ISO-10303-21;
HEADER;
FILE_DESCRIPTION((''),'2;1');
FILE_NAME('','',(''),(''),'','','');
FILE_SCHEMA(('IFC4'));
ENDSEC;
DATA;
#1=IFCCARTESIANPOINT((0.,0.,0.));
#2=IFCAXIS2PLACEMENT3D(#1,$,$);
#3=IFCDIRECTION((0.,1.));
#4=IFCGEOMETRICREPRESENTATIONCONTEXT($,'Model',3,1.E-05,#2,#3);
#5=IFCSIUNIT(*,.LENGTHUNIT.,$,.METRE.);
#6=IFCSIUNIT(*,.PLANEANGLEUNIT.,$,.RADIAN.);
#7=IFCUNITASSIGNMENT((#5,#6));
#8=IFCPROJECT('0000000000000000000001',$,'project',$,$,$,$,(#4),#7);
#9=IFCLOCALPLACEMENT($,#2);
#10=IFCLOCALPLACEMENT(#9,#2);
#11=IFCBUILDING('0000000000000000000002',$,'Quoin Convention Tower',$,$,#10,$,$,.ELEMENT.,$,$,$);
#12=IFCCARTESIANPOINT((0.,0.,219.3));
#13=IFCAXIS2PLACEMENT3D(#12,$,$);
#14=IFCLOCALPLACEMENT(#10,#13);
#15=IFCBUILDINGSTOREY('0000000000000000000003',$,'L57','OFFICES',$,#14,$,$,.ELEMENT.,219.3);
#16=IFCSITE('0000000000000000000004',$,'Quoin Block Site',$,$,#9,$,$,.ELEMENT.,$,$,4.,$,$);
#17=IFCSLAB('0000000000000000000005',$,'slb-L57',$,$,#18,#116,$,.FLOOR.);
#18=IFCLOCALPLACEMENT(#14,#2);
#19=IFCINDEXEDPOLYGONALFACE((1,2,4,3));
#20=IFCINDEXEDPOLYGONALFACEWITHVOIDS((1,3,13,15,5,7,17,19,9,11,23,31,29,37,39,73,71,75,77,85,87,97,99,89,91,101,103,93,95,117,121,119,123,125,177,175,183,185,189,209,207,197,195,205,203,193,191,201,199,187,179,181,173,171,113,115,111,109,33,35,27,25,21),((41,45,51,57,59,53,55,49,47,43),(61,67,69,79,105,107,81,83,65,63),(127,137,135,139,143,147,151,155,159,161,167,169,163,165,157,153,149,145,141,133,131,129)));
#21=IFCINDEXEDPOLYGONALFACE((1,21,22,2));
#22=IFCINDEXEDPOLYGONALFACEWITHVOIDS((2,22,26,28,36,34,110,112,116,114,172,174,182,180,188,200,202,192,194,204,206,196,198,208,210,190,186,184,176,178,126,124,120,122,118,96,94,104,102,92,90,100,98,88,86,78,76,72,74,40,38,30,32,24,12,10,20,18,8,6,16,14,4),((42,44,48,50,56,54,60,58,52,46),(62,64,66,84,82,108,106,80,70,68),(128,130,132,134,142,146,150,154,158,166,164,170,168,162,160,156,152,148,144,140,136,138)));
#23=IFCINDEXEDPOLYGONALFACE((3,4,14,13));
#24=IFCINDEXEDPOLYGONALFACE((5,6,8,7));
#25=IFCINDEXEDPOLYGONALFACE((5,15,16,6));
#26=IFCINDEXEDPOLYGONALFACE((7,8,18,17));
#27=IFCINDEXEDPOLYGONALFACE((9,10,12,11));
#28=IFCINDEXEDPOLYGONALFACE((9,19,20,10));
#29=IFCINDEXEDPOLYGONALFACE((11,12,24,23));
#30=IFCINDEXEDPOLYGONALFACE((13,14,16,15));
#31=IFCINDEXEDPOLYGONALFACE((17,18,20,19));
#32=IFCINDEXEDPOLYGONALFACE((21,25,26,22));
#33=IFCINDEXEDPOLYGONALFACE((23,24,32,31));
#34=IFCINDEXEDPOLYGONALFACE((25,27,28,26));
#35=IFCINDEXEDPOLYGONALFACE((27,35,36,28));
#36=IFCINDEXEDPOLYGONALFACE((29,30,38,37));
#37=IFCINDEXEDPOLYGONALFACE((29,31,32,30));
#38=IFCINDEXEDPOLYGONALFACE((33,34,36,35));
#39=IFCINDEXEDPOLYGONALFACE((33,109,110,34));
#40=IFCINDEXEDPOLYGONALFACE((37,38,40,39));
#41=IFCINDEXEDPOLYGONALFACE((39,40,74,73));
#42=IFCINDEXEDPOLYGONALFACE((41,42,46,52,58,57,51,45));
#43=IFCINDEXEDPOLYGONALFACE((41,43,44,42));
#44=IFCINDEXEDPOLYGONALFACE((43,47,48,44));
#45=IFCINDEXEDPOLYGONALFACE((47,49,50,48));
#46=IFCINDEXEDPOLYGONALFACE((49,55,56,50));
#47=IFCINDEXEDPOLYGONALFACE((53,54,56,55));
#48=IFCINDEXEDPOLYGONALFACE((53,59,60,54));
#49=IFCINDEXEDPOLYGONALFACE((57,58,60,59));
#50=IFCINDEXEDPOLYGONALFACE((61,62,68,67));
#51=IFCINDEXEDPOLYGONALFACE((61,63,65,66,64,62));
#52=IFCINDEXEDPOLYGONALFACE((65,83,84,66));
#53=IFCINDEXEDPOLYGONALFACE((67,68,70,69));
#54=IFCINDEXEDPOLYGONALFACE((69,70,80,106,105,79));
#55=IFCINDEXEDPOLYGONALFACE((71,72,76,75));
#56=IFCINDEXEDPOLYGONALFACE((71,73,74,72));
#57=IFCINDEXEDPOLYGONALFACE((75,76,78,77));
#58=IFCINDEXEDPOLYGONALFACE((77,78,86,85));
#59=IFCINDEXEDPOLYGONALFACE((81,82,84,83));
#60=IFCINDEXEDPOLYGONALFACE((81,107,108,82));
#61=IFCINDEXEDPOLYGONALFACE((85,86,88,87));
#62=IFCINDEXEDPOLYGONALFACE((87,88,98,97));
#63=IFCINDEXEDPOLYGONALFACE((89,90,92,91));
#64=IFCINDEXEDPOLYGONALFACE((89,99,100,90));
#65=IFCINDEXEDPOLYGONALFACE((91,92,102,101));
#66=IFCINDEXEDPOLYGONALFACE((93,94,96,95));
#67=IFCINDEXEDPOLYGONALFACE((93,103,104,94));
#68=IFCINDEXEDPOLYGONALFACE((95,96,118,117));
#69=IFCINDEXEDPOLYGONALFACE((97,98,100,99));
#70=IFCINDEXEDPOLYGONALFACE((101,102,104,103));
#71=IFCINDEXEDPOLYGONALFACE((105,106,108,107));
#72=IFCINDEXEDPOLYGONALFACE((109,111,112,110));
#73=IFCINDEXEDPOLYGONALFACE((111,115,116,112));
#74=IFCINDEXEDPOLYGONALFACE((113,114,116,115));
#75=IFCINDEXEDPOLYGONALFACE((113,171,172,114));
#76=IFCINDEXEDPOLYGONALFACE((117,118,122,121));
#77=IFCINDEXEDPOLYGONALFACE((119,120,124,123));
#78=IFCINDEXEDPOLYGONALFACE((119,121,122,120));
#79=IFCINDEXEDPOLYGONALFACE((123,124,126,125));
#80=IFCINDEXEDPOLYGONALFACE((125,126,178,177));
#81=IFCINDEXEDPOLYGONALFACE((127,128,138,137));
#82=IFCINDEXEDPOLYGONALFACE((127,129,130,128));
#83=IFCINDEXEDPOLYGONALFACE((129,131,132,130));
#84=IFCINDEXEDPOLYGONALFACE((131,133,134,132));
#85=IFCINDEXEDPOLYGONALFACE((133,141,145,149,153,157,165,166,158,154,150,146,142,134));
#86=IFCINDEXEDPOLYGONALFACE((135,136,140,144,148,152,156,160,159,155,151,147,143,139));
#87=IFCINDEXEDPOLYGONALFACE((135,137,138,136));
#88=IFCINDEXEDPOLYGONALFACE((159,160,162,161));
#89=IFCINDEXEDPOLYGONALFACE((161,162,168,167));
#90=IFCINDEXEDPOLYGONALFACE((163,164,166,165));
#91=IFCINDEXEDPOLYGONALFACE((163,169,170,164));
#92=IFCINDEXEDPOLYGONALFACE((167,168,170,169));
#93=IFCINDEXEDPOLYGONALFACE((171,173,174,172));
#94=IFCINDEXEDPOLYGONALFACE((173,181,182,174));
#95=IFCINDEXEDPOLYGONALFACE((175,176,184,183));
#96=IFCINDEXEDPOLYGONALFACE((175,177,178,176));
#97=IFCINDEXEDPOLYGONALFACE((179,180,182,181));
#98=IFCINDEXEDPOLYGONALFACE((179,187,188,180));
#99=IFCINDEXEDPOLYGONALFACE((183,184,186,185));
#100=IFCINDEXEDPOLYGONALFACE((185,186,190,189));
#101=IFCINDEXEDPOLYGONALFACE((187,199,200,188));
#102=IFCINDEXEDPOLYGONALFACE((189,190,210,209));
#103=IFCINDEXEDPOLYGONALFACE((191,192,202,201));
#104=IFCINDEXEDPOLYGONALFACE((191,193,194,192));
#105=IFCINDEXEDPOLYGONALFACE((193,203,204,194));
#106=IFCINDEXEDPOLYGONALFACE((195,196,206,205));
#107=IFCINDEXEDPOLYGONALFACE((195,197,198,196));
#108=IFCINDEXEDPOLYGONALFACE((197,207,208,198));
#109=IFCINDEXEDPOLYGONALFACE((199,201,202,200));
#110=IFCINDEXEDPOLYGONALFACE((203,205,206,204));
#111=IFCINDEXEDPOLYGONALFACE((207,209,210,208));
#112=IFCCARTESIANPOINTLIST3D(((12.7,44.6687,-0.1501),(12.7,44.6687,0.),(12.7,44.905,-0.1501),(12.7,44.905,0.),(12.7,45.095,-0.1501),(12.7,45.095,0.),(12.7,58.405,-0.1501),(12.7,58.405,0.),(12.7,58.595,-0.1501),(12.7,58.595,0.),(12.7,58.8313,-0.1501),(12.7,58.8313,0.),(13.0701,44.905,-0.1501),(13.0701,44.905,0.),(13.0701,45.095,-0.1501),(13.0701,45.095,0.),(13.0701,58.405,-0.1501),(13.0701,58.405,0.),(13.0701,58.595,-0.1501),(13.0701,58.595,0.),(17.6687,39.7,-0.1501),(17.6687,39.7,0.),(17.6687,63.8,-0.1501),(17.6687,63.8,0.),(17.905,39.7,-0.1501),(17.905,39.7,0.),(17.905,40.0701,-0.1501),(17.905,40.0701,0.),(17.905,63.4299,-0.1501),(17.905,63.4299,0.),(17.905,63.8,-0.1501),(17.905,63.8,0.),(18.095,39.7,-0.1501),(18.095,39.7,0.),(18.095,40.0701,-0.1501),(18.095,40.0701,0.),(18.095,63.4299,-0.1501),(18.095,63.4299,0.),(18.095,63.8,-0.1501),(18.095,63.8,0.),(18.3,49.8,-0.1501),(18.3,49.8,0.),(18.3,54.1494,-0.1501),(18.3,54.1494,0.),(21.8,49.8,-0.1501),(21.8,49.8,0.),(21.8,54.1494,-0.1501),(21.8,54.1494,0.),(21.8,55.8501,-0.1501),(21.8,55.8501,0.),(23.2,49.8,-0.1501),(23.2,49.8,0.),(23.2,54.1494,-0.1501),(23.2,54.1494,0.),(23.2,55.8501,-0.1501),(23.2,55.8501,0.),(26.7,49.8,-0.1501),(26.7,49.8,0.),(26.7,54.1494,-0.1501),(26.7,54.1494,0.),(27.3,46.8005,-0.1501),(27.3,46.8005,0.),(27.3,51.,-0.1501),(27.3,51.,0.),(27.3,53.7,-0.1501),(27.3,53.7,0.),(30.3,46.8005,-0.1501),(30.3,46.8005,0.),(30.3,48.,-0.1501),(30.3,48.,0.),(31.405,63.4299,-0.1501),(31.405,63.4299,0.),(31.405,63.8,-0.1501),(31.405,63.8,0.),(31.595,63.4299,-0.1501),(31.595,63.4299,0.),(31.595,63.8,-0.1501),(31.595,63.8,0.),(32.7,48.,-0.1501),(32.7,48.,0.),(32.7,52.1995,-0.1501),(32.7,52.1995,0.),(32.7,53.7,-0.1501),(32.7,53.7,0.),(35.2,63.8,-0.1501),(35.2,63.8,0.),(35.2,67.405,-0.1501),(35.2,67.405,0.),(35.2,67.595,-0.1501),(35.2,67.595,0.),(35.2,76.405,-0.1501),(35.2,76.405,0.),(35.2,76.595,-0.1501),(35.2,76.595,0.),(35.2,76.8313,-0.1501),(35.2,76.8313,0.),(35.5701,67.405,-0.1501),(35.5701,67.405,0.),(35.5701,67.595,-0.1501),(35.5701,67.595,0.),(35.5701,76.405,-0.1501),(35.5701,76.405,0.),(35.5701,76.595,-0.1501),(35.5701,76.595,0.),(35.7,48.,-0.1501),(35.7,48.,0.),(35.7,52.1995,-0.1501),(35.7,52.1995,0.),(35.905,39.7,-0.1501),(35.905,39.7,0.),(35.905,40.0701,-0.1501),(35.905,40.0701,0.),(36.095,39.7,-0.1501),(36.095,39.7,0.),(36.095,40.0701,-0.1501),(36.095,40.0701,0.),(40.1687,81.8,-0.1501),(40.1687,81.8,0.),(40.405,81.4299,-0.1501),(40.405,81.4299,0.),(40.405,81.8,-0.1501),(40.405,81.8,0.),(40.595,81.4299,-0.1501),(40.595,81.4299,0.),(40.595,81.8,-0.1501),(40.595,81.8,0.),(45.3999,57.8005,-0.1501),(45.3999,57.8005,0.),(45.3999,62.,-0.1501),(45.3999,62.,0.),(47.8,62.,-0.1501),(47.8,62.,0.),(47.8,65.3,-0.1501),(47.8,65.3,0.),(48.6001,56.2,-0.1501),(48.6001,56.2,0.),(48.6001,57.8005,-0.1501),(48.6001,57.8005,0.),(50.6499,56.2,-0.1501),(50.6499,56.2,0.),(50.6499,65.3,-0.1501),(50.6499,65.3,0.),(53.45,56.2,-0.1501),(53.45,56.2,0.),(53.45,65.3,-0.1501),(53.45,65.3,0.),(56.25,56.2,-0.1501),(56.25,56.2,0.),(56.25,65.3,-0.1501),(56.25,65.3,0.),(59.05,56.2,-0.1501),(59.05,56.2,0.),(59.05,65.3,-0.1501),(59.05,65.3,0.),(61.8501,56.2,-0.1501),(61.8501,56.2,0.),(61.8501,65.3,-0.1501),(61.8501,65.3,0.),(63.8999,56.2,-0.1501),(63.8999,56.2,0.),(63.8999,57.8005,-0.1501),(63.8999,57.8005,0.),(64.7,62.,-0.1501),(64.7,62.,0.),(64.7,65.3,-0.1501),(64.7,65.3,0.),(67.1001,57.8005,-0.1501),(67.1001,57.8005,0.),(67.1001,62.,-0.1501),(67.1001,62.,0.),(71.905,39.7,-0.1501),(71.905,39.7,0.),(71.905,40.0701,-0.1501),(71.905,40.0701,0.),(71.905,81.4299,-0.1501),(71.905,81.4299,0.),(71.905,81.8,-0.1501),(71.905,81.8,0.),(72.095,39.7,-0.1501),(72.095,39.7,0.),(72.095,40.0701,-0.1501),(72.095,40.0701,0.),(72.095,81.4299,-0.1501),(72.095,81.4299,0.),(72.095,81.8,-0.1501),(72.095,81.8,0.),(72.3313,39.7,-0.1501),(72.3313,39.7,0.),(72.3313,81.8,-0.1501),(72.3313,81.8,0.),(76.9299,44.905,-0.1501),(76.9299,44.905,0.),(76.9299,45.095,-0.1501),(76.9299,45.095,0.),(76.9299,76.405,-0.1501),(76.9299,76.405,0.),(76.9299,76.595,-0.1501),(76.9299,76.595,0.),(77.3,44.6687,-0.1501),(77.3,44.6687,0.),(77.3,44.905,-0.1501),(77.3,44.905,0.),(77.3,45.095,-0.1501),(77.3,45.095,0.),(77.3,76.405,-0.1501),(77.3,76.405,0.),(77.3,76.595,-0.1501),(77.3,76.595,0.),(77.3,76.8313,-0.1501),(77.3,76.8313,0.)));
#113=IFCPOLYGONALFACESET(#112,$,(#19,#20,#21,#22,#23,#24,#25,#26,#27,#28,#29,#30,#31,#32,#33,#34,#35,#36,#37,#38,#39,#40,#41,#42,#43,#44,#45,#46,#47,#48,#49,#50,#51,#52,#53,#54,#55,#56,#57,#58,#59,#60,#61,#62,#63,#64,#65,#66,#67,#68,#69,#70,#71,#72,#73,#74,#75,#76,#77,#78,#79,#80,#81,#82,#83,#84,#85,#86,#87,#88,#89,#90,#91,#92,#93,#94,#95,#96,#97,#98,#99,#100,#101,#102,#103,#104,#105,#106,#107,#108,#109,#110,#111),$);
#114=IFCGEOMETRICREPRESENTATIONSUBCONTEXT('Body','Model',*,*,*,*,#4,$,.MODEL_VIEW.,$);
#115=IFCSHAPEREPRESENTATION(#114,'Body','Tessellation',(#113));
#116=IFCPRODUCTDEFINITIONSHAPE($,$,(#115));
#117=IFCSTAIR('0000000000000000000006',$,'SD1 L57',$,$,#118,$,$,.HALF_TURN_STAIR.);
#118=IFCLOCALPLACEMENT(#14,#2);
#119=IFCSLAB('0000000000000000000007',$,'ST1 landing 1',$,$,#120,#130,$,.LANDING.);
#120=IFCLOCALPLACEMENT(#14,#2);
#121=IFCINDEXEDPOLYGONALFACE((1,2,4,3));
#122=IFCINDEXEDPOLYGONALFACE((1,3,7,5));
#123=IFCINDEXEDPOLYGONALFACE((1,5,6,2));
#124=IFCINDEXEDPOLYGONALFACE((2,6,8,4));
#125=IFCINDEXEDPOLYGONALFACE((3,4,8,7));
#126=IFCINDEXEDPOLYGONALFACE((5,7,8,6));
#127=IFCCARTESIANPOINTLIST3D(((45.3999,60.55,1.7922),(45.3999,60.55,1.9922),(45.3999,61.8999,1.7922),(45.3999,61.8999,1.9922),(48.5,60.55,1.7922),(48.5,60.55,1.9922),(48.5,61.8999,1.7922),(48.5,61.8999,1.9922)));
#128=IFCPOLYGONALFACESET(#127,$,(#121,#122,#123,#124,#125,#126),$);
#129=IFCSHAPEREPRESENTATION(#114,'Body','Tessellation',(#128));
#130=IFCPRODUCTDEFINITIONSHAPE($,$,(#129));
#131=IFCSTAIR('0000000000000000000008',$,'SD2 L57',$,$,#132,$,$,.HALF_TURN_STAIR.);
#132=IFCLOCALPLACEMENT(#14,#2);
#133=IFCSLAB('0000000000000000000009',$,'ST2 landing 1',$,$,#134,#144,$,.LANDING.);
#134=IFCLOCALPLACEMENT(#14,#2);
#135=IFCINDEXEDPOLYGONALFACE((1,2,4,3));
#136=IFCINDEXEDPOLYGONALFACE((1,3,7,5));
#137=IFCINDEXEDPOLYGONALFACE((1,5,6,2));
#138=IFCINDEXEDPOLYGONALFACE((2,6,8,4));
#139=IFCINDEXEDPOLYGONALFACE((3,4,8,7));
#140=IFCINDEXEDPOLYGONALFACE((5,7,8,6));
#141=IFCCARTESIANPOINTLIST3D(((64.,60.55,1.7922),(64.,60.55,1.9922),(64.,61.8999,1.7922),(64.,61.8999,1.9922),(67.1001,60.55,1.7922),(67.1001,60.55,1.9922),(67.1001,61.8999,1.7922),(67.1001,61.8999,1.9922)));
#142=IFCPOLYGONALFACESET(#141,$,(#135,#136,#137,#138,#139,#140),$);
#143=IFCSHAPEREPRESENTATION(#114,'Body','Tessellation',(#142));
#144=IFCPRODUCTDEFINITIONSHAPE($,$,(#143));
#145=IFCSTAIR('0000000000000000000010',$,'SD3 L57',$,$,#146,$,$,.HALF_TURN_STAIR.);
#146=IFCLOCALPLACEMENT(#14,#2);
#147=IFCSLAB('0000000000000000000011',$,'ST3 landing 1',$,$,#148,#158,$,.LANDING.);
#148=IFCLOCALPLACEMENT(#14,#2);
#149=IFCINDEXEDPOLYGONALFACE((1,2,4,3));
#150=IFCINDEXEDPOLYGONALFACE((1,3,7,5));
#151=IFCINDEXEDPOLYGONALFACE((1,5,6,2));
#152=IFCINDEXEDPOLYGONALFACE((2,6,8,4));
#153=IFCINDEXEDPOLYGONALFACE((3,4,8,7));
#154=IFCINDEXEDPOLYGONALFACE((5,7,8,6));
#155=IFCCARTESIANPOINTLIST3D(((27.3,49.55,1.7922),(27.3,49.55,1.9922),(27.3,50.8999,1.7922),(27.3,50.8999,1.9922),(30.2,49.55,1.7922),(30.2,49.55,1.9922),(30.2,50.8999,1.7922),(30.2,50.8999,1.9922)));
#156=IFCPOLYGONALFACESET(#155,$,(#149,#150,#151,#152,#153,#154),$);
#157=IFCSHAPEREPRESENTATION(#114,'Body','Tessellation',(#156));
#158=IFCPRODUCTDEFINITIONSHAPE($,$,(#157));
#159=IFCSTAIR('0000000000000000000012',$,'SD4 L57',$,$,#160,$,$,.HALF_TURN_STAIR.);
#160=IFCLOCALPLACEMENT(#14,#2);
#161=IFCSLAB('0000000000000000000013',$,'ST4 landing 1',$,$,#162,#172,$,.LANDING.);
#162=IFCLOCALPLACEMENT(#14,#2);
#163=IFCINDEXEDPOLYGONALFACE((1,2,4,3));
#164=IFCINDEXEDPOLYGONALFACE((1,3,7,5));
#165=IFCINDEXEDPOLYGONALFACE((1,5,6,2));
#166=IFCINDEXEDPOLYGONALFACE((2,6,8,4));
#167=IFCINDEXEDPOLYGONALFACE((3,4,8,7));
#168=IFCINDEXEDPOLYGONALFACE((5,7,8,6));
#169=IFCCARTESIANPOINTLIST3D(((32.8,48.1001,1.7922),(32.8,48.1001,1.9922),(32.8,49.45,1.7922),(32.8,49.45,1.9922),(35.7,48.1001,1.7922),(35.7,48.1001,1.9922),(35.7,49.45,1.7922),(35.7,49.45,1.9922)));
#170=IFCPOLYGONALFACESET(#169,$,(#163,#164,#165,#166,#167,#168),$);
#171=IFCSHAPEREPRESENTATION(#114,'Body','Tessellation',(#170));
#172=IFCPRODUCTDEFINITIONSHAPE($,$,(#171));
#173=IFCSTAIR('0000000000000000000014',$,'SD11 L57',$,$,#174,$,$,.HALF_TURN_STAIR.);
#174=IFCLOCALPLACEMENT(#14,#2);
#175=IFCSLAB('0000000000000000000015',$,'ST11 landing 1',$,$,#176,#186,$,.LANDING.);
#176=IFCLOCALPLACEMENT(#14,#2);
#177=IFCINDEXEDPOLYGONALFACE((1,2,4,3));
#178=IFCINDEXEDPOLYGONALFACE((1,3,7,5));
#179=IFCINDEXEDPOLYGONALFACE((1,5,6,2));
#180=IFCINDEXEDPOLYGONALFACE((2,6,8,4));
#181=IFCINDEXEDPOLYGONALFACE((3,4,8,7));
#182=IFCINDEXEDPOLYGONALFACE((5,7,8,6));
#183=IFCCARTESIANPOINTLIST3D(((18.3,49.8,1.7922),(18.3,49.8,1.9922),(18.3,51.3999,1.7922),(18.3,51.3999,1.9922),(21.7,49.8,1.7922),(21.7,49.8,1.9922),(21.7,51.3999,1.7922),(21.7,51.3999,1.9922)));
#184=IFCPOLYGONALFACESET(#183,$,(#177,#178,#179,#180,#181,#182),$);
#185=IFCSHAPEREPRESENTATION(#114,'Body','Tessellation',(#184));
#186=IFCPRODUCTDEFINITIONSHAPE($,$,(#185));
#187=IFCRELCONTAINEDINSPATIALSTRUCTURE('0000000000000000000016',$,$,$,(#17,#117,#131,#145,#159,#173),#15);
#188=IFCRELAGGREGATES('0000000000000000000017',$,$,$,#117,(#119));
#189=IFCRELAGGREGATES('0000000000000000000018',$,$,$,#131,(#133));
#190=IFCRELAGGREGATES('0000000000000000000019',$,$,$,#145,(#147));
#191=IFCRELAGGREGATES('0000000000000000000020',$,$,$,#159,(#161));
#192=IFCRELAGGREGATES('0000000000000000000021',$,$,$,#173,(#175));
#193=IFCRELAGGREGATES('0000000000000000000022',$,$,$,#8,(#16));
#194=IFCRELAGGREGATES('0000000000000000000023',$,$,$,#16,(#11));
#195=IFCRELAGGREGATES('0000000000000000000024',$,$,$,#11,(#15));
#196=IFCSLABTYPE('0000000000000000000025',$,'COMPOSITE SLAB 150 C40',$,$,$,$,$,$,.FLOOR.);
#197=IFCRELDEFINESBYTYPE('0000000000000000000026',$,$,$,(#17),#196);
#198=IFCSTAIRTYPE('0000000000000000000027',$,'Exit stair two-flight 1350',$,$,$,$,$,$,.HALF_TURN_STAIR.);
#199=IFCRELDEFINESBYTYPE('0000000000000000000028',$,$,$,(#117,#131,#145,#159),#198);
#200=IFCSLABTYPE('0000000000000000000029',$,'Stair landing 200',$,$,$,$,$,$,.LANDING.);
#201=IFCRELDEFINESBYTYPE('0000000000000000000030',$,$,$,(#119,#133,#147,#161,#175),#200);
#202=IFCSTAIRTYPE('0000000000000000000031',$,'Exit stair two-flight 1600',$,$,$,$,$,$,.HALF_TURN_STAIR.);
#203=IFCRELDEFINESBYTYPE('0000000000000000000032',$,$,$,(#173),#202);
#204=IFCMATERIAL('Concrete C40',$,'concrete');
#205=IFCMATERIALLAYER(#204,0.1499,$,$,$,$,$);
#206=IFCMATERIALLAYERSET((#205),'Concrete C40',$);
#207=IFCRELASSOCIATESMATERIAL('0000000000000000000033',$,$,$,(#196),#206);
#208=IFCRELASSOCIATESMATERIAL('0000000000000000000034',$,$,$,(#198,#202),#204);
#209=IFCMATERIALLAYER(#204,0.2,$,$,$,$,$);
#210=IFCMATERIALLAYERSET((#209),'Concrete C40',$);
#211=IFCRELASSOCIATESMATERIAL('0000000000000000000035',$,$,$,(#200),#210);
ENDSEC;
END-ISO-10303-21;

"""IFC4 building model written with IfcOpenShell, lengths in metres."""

from ifc_helpers import new_model, si_unit, direction, frame, origin, place, context, subcontext, project, spatial, polyline, outline, extrude, material, layer, layer_set, type_object, element, aggregate, save


model = new_model("IFC4")

# Units and contexts
model_context = context("Model", 3, precision=1e-05, world=origin(), true_north=direction((0.0, 1.0)))
body_context = subcontext(model_context, "Body", "Model", "MODEL_VIEW")
ifc_project = project(units=[si_unit("LENGTHUNIT", "METRE"), si_unit("PLANEANGLEUNIT", "RADIAN")], contexts=[model_context])

# Site, building, storey
site_placement = place(None, origin())
site = spatial("IfcSite", under=ifc_project, at=site_placement, Name="Quoin Block Site", CompositionType="ELEMENT", RefElevation=4.0)
building_placement = place(site_placement, origin())
building = spatial("IfcBuilding", under=site, at=building_placement, Name="Quoin Convention Tower", CompositionType="ELEMENT")
storey_placement = place(building_placement, frame((0.0, 0.0, 219.3)))
storey = spatial("IfcBuildingStorey", under=building, at=storey_placement, Name="L57", Description="OFFICES", CompositionType="ELEMENT", Elevation=219.3)

# Slab
ifc_material_1 = material(Name="Concrete C40", Category="concrete")
ifc_layer_1 = layer(ifc_material_1, 0.1499)
ifc_layer_set_1 = layer_set([ifc_layer_1], Name="Concrete C40")
slab_type_1 = type_object("IfcSlabType", Name="COMPOSITE SLAB 150 C40", PredefinedType="FLOOR", material=ifc_layer_set_1)
slab_1_placement = place(storey_placement, frame((0.0, 0.0, -0.1501)))
element("IfcSlab", 1, at=slab_1_placement, inside=storey, type_object=slab_type_1, Name="slb-L57", PredefinedType="FLOOR", context=body_context, shape_type="SweptSolid", body=[
    extrude(outline(polyline([(12.7, 44.6687), (12.7, 44.905), (13.0701, 44.905), (13.0701, 45.095), (12.7, 45.095), (12.7, 58.405), (13.0701, 58.405), (13.0701, 58.595), (12.7, 58.595), (12.7, 58.8313), (17.6687, 63.8), (17.905, 63.8), (17.905, 63.4299), (18.095, 63.4299), (18.095, 63.8), (31.405, 63.8), (31.405, 63.4299), (31.595, 63.4299), (31.595, 63.8), (35.2, 63.8), (35.2, 67.405), (35.5701, 67.405), (35.5701, 67.595), (35.2, 67.595), (35.2, 76.405), (35.5701, 76.405), (35.5701, 76.595), (35.2, 76.595), (35.2, 76.8313), (40.1687, 81.8), (40.405, 81.8), (40.405, 81.4299), (40.595, 81.4299), (40.595, 81.8), (71.905, 81.8), (71.905, 81.4299), (72.095, 81.4299), (72.095, 81.8), (72.3313, 81.8), (77.3, 76.8313), (77.3, 76.595), (76.9299, 76.595), (76.9299, 76.405), (77.3, 76.405), (77.3, 45.095), (76.9299, 45.095), (76.9299, 44.905), (77.3, 44.905), (77.3, 44.6687), (72.3313, 39.7), (72.095, 39.7), (72.095, 40.0701), (71.905, 40.0701), (71.905, 39.7), (36.095, 39.7), (36.095, 40.0701), (35.905, 40.0701), (35.905, 39.7), (18.095, 39.7), (18.095, 40.0701), (17.905, 40.0701), (17.905, 39.7), (17.6687, 39.7), (12.7, 44.6687)]), holes=[polyline([(27.3, 46.8005), (30.3, 46.8005), (30.3, 48.0), (32.7, 48.0), (35.7, 48.0), (35.7, 52.1995), (32.7, 52.1995), (32.7, 53.7), (27.3, 53.7), (27.3, 51.0), (27.3, 46.8005)]), polyline([(21.8, 49.8), (23.2, 49.8), (26.7, 49.8), (26.7, 54.1494), (23.2, 54.1494), (23.2, 55.8501), (21.8, 55.8501), (21.8, 54.1494), (18.3, 54.1494), (18.3, 49.8), (21.8, 49.8)]), polyline([(50.6499, 56.2), (53.45, 56.2), (56.25, 56.2), (59.05, 56.2), (61.8501, 56.2), (63.8999, 56.2), (63.8999, 57.8005), (67.1001, 57.8005), (67.1001, 62.0), (64.7, 62.0), (64.7, 65.3), (61.8501, 65.3), (59.05, 65.3), (56.25, 65.3), (53.45, 65.3), (50.6499, 65.3), (47.8, 65.3), (47.8, 62.0), (45.3999, 62.0), (45.3999, 57.8005), (48.6001, 57.8005), (48.6001, 56.2), (50.6499, 56.2)])]), origin(), (0.0, 0.0, 1.0), 0.1501),
])

# Stairs, slabs
stair_type_1 = type_object("IfcStairType", Name="Exit stair two-flight 1350", PredefinedType="HALF_TURN_STAIR", material=ifc_material_1)
stair_1_placement = place(storey_placement, origin())
stair_1 = element("IfcStair", 2, at=stair_1_placement, inside=storey, type_object=stair_type_1, Name="SD1 L57", PredefinedType="HALF_TURN_STAIR")
ifc_layer_2 = layer(ifc_material_1, 0.2)
ifc_layer_set_2 = layer_set([ifc_layer_2], Name="Concrete C40")
slab_type_2 = type_object("IfcSlabType", Name="Stair landing 200", PredefinedType="LANDING", material=ifc_layer_set_2)
slab_2_placement = place(storey_placement, frame((0.0, 0.0, 1.7922)))
slab_2 = element("IfcSlab", 3, at=slab_2_placement, type_object=slab_type_2, Name="ST1 landing 1", PredefinedType="LANDING", context=body_context, shape_type="SweptSolid", body=[
    extrude(outline(polyline([(45.3999, 60.55), (48.5, 60.55), (48.5, 61.8999), (45.3999, 61.8999), (45.3999, 60.55)])), origin(), (0.0, 0.0, 1.0), 0.2),
])
aggregate(stair_1, [slab_2])
stair_2_placement = place(storey_placement, origin())
stair_2 = element("IfcStair", 4, at=stair_2_placement, inside=storey, type_object=stair_type_1, Name="SD2 L57", PredefinedType="HALF_TURN_STAIR")
slab_3_placement = place(storey_placement, frame((0.0, 0.0, 1.7922)))
slab_3 = element("IfcSlab", 5, at=slab_3_placement, type_object=slab_type_2, Name="ST2 landing 1", PredefinedType="LANDING", context=body_context, shape_type="SweptSolid", body=[
    extrude(outline(polyline([(64.0, 60.55), (67.1001, 60.55), (67.1001, 61.8999), (64.0, 61.8999), (64.0, 60.55)])), origin(), (0.0, 0.0, 1.0), 0.2),
])
aggregate(stair_2, [slab_3])
stair_3_placement = place(storey_placement, origin())
stair_3 = element("IfcStair", 6, at=stair_3_placement, inside=storey, type_object=stair_type_1, Name="SD3 L57", PredefinedType="HALF_TURN_STAIR")
slab_4_placement = place(storey_placement, frame((0.0, 0.0, 1.7922)))
slab_4 = element("IfcSlab", 7, at=slab_4_placement, type_object=slab_type_2, Name="ST3 landing 1", PredefinedType="LANDING", context=body_context, shape_type="SweptSolid", body=[
    extrude(outline(polyline([(27.3, 49.55), (30.2, 49.55), (30.2, 50.8999), (27.3, 50.8999), (27.3, 49.55)])), origin(), (0.0, 0.0, 1.0), 0.2),
])
aggregate(stair_3, [slab_4])
stair_4_placement = place(storey_placement, origin())
stair_4 = element("IfcStair", 8, at=stair_4_placement, inside=storey, type_object=stair_type_1, Name="SD4 L57", PredefinedType="HALF_TURN_STAIR")
slab_5_placement = place(storey_placement, frame((0.0, 0.0, 1.7922)))
slab_5 = element("IfcSlab", 9, at=slab_5_placement, type_object=slab_type_2, Name="ST4 landing 1", PredefinedType="LANDING", context=body_context, shape_type="SweptSolid", body=[
    extrude(outline(polyline([(35.7, 49.45), (32.8, 49.45), (32.8, 48.1001), (35.7, 48.1001), (35.7, 49.45)])), origin(), (0.0, 0.0, 1.0), 0.2),
])
aggregate(stair_4, [slab_5])
stair_type_2 = type_object("IfcStairType", Name="Exit stair two-flight 1600", PredefinedType="HALF_TURN_STAIR", material=ifc_material_1)
stair_5_placement = place(storey_placement, origin())
stair_5 = element("IfcStair", 10, at=stair_5_placement, inside=storey, type_object=stair_type_2, Name="SD11 L57", PredefinedType="HALF_TURN_STAIR")
slab_6_placement = place(storey_placement, frame((0.0, 0.0, 1.7922)))
slab_6 = element("IfcSlab", 11, at=slab_6_placement, type_object=slab_type_2, Name="ST11 landing 1", PredefinedType="LANDING", context=body_context, shape_type="SweptSolid", body=[
    extrude(outline(polyline([(21.7, 51.3999), (18.3, 51.3999), (18.3, 49.8), (21.7, 49.8), (21.7, 51.3999)])), origin(), (0.0, 0.0, 1.0), 0.2),
])
aggregate(stair_5, [slab_6])

save(model, "model.ifc")
